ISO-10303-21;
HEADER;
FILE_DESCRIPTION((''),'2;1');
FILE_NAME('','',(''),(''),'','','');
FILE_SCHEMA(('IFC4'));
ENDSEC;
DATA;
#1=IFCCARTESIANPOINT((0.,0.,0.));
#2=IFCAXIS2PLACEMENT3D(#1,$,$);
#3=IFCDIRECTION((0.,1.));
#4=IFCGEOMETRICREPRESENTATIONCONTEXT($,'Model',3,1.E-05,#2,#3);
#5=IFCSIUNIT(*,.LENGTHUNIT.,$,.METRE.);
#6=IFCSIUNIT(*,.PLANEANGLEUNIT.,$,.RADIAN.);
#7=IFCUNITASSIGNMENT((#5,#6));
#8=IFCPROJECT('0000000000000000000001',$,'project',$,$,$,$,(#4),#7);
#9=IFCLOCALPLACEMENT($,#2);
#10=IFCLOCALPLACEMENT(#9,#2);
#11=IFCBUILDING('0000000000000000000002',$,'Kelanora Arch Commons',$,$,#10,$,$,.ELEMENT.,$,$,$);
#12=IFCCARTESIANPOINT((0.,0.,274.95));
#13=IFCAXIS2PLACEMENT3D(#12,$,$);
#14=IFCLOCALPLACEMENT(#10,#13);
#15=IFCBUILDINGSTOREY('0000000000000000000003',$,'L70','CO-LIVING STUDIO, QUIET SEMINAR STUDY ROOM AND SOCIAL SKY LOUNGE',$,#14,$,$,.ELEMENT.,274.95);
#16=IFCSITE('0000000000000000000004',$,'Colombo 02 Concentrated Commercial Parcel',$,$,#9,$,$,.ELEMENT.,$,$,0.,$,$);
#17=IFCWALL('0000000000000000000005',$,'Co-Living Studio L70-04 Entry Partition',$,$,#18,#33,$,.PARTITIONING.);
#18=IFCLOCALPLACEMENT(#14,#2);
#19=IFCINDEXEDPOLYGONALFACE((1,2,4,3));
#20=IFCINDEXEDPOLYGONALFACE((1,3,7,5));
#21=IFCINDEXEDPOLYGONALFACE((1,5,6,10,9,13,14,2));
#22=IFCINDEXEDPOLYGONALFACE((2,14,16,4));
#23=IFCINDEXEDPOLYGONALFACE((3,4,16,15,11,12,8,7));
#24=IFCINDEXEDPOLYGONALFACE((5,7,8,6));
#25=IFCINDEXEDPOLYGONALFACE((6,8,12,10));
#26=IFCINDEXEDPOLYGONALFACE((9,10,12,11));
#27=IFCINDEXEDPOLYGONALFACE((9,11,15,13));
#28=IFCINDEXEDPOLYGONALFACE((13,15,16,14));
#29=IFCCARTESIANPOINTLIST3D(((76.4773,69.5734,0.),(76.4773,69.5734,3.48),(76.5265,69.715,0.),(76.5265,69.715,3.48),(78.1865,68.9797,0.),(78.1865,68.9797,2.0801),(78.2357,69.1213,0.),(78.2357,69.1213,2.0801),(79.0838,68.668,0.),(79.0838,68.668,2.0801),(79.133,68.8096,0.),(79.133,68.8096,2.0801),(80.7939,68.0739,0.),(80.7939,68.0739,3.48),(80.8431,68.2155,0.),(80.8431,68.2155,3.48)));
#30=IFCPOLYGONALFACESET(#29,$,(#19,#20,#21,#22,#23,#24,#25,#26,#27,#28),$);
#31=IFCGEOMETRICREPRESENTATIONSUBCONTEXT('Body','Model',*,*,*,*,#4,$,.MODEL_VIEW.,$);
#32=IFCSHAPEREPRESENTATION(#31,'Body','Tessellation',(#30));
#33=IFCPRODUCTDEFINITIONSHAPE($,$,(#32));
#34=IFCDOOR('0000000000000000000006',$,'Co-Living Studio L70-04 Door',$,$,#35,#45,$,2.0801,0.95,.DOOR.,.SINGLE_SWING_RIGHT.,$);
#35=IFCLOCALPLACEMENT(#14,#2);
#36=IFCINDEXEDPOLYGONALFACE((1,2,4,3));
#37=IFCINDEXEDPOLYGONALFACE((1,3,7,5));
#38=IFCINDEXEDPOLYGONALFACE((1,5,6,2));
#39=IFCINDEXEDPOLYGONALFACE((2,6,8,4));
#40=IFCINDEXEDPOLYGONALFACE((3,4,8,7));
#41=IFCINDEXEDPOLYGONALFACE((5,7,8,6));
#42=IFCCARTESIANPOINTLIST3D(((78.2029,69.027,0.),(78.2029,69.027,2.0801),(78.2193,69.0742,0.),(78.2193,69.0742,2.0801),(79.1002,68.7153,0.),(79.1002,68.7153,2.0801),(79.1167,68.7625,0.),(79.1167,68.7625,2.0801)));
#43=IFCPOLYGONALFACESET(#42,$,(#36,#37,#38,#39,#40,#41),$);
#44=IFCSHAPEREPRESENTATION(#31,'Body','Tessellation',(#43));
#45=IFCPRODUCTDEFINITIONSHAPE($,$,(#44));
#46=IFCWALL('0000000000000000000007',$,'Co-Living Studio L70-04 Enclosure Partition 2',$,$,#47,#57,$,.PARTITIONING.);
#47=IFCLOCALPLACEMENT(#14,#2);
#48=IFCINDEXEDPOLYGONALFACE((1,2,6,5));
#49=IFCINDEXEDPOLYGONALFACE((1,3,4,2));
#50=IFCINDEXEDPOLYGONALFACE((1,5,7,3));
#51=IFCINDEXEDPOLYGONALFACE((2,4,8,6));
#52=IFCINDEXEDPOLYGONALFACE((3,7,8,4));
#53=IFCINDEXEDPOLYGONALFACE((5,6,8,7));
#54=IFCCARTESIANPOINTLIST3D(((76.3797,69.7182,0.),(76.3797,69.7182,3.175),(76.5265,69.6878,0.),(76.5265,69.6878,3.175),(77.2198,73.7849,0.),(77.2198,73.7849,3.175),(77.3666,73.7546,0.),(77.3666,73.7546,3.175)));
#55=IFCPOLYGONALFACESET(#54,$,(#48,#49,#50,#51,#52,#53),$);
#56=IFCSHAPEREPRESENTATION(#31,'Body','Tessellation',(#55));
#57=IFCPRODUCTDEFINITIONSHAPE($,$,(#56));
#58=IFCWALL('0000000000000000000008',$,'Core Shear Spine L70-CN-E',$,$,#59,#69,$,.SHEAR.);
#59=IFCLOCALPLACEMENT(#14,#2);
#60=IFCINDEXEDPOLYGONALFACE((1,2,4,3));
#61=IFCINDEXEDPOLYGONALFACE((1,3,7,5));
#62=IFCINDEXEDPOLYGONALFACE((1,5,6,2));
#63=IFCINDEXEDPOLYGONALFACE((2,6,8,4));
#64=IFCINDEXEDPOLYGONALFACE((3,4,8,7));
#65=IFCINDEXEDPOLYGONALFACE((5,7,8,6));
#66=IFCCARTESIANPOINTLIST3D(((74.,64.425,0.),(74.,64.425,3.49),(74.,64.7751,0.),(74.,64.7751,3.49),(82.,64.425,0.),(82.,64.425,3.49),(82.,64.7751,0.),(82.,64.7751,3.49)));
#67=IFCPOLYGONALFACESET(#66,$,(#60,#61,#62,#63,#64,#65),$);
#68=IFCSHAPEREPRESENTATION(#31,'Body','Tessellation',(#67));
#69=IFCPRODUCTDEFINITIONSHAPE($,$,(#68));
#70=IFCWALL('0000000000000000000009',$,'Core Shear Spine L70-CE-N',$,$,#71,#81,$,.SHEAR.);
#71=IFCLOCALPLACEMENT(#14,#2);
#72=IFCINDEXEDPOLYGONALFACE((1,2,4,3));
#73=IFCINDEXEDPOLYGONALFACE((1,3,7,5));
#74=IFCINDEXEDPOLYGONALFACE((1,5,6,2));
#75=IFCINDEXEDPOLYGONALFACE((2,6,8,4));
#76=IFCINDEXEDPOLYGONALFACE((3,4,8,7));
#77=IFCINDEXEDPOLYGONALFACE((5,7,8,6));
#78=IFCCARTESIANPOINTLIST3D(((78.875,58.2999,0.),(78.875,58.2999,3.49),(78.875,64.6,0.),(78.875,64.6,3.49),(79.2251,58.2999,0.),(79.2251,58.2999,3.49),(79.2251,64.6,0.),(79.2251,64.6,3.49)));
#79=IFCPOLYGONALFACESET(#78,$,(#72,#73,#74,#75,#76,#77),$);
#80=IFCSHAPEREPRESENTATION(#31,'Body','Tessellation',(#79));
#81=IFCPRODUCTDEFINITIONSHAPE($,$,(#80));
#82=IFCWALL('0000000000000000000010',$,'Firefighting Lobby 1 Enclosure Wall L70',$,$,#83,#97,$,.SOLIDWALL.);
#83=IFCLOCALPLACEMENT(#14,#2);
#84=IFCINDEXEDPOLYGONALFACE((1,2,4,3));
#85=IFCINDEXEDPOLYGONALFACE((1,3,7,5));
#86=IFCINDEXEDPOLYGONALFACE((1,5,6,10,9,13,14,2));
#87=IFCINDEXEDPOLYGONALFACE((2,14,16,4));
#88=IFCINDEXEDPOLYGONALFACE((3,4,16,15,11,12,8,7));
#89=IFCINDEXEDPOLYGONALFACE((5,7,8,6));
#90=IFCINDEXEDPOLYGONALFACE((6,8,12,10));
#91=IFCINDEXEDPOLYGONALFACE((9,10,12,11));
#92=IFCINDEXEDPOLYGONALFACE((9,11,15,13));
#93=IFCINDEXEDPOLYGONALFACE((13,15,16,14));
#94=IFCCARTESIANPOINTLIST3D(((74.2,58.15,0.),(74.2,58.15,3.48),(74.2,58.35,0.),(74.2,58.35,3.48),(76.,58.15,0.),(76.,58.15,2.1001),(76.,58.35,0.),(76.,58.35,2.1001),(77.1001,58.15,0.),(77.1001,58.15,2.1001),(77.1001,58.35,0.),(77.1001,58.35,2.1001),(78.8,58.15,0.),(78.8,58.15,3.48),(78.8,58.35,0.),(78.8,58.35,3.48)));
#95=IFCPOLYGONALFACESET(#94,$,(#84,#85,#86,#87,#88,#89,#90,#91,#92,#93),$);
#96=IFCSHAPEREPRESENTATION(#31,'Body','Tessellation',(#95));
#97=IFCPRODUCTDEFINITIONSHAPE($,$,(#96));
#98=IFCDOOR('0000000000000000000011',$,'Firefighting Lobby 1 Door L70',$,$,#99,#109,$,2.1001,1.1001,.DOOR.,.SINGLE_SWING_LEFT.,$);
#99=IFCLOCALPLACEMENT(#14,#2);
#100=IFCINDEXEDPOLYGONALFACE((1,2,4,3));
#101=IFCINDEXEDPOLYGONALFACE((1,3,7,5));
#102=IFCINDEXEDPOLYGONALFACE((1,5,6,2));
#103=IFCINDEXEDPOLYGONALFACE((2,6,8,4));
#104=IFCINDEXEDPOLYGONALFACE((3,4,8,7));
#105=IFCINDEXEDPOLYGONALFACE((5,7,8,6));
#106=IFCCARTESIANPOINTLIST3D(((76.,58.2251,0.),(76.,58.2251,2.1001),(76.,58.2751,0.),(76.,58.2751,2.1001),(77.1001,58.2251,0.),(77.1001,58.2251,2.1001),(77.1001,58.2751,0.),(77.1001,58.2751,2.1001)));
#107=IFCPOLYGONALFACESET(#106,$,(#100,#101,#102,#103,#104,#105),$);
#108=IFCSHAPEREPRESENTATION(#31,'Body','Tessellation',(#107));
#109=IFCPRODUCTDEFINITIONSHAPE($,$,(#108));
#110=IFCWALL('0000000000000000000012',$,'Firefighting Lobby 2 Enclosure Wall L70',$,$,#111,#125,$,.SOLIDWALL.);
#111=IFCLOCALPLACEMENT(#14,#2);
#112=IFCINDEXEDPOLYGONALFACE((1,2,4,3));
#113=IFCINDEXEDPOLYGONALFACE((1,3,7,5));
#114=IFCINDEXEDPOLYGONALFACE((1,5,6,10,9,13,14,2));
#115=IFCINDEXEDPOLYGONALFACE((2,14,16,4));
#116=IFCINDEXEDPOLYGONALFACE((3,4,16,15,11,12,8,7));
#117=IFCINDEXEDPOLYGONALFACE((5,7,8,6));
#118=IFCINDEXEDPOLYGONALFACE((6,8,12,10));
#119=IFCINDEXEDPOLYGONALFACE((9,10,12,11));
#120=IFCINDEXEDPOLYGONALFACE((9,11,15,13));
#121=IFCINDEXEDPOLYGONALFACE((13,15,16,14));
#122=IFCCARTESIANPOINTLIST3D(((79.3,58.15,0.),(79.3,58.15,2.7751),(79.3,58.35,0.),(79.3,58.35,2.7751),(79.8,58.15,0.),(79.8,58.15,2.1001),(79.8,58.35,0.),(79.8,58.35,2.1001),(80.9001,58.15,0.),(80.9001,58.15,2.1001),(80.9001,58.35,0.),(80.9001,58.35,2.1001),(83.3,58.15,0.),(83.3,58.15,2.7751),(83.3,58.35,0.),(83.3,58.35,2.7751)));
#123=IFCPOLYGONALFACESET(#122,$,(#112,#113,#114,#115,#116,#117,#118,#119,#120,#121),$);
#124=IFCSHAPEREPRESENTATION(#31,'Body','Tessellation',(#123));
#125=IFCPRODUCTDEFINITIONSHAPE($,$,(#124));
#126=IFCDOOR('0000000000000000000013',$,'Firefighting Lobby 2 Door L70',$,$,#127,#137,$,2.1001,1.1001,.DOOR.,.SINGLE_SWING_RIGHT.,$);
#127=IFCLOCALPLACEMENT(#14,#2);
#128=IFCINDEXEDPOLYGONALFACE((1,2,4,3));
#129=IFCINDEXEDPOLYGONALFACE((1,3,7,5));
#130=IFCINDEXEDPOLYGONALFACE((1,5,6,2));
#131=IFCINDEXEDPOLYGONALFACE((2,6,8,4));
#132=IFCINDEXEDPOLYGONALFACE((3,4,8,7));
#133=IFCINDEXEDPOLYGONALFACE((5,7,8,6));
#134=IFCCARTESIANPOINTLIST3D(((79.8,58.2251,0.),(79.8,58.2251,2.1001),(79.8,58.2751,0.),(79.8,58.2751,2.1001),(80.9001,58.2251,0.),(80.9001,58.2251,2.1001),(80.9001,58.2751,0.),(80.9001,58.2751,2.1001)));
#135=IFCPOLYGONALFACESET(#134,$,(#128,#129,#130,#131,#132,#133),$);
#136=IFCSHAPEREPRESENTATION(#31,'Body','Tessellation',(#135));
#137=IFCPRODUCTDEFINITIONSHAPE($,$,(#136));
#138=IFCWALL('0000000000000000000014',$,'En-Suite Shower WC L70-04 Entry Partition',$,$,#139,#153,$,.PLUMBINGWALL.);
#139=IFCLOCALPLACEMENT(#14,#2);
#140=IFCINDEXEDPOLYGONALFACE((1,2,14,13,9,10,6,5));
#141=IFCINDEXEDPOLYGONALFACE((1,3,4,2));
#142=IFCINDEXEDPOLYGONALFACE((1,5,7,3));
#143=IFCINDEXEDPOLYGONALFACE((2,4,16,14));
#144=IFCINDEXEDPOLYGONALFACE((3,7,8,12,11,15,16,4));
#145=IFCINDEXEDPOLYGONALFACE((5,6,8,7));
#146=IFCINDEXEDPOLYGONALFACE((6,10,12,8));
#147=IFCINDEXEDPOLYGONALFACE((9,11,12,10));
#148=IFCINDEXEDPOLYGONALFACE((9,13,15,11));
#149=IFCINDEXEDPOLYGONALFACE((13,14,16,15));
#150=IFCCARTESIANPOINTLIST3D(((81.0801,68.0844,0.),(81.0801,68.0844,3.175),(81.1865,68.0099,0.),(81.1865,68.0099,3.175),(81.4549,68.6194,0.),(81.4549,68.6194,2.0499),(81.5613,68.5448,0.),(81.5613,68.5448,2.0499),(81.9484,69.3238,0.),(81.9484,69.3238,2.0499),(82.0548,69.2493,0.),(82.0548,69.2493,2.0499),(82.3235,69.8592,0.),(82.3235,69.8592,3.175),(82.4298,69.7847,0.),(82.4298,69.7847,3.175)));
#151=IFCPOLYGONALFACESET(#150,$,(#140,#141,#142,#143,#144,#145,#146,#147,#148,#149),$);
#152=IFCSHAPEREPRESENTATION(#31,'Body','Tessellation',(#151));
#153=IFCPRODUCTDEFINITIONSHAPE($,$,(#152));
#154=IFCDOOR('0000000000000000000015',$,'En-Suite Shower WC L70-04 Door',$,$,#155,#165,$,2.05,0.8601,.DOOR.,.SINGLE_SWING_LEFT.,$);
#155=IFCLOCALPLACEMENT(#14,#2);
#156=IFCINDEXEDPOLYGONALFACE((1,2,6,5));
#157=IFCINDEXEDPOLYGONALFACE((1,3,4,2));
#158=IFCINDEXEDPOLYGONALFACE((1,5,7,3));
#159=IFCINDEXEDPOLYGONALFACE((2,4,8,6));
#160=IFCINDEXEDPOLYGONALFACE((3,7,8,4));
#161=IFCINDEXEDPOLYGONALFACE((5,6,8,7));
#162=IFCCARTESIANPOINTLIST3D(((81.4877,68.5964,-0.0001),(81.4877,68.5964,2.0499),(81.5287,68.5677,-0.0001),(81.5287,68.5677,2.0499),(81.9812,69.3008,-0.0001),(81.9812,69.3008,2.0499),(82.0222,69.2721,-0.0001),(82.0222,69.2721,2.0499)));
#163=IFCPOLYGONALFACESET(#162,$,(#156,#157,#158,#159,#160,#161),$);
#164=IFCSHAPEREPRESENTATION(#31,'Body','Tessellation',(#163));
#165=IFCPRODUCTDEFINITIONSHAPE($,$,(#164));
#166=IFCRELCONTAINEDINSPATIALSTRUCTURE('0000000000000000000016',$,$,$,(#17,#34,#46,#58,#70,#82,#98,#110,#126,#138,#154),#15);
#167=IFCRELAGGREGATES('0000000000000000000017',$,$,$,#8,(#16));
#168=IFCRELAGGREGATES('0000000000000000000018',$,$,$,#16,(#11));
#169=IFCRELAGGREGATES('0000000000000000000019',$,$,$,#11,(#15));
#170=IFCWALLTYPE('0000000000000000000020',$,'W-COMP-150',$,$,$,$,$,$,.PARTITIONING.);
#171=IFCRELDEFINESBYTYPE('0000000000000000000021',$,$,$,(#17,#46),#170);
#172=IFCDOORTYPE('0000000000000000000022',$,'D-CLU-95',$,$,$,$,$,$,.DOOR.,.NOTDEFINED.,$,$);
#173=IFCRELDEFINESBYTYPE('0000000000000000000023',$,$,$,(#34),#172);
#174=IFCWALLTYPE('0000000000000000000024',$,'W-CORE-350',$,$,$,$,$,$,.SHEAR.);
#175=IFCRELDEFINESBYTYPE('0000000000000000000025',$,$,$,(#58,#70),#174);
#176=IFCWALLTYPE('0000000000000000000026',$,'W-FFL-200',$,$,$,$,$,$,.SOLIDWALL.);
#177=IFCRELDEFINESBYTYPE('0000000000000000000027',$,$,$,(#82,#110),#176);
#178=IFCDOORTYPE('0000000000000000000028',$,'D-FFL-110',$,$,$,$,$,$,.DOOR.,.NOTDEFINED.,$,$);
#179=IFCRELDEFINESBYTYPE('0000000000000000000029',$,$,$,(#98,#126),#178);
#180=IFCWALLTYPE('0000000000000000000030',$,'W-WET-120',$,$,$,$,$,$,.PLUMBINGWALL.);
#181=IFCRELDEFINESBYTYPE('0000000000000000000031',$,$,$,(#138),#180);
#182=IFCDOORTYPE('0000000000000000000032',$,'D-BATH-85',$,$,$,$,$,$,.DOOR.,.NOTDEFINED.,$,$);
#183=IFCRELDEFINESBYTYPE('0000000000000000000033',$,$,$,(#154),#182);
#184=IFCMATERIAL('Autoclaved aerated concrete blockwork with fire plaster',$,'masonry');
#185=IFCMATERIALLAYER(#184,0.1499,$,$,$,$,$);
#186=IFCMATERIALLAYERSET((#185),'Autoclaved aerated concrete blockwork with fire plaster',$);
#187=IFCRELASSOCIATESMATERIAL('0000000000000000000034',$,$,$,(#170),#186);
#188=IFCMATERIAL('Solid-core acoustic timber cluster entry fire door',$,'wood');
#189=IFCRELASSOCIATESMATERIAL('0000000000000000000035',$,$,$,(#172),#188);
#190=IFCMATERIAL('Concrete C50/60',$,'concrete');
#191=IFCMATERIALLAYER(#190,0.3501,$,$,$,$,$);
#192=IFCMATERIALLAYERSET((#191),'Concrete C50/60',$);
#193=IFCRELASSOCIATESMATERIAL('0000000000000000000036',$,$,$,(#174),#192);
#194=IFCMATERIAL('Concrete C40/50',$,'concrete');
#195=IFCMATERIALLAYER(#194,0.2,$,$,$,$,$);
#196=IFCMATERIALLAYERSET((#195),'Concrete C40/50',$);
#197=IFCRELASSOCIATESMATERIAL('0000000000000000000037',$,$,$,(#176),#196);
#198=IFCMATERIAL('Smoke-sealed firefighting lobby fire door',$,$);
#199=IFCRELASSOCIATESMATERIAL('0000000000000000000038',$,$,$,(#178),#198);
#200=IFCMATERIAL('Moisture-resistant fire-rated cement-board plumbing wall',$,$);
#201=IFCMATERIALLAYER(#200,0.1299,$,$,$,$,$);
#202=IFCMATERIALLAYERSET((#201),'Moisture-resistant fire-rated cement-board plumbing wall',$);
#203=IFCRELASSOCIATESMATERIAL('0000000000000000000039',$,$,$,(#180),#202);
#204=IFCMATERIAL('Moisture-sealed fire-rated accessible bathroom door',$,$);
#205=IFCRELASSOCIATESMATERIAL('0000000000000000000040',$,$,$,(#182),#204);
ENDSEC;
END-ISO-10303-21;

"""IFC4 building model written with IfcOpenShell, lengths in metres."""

from ifc_helpers import new_model, si_unit, direction, frame, frame_2d, origin, place, context, subcontext, project, spatial, rectangle, extrude, material, layer, layer_set, type_object, element, fill, save


model = new_model("IFC4")

# Units and contexts
model_context = context("Model", 3, precision=1e-05, world=origin(), true_north=direction((0.0, 1.0)))
body_context = subcontext(model_context, "Body", "Model", "MODEL_VIEW")
ifc_project = project(units=[si_unit("LENGTHUNIT", "METRE"), si_unit("PLANEANGLEUNIT", "RADIAN")], contexts=[model_context])

# Site, building, storey
site_placement = place(None, origin())
site = spatial("IfcSite", under=ifc_project, at=site_placement, Name="Colombo 02 Concentrated Commercial Parcel", CompositionType="ELEMENT", RefElevation=0.0)
building_placement = place(site_placement, origin())
building = spatial("IfcBuilding", under=site, at=building_placement, Name="Kelanora Arch Commons", CompositionType="ELEMENT")
storey_placement = place(building_placement, frame((0.0, 0.0, 274.95)))
storey = spatial("IfcBuildingStorey", under=building, at=storey_placement, Name="L70", Description="CO-LIVING STUDIO, QUIET SEMINAR STUDY ROOM AND SOCIAL SKY LOUNGE", CompositionType="ELEMENT", Elevation=274.95)

# Shared definitions
ifc_material_1 = material(Name="Concrete C50/60", Category="concrete")

# Shared definitions
ifc_material_2 = material(Name="Autoclaved aerated concrete blockwork with fire plaster", Category="masonry")
ifc_layer_1 = layer(ifc_material_2, 0.1499)
ifc_layer_set_1 = layer_set([ifc_layer_1], Name="Autoclaved aerated concrete blockwork with fire plaster")
wall_type_1 = type_object("IfcWallType", Name="W-COMP-150", PredefinedType="PARTITIONING", material=ifc_layer_set_1)

# Wall, opening, door
wall_1_placement = place(storey_placement, frame((80.8184, 68.1448, 0.0), z_axis=(0.0, 0.0, 1.0), x_axis=(-0.944628, 0.328143, 0.0)))
wall_1 = element("IfcWall", 1, at=wall_1_placement, inside=storey, type_object=wall_type_1, Name="Co-Living Studio L70-04 Entry Partition", PredefinedType="PARTITIONING", context=body_context, shape_type="SweptSolid", body=[
    extrude(rectangle(XDim=4.5696, YDim=0.1499, at=frame_2d((2.2847, 0.0))), origin(), (0.0, 0.0, 1.0), 3.48),
])
opening_1_placement = place(wall_1_placement, frame((1.8101, 0.0, 0.0)))
opening_1 = element("IfcOpeningElement", 2, at=opening_1_placement, cuts=wall_1, PredefinedType="OPENING", context=body_context, shape_type="SweptSolid", body=[
    extrude(rectangle(XDim=0.95, YDim=2.0801, at=frame_2d((0.4751, 1.04))), frame((0.0, 0.085, 0.0), z_axis=(0.0, -1.0, 0.0), x_axis=(1.0, 0.0, 0.0)), (0.0, 0.0, 1.0), 0.1699),
])
ifc_material_3 = material(Name="Solid-core acoustic timber cluster entry fire door", Category="wood")
door_type_1 = type_object("IfcDoorType", Name="D-CLU-95", OperationType="NOTDEFINED", PredefinedType="DOOR", material=ifc_material_3)
door_1_placement = place(opening_1_placement, origin())
door_1 = element("IfcDoor", 3, at=door_1_placement, inside=storey, type_object=door_type_1, Name="Co-Living Studio L70-04 Door", OperationType="SINGLE_SWING_RIGHT", OverallHeight=2.0801, OverallWidth=0.95, PredefinedType="DOOR", context=body_context, shape_type="SweptSolid", body=[
    extrude(rectangle(XDim=0.95, YDim=2.0801, at=frame_2d((0.4751, 1.04))), frame((0.0, 0.0249, 0.0), z_axis=(0.0, -1.0, 0.0), x_axis=(1.0, 0.0, 0.0)), (0.0, 0.0, 1.0), 0.05),
])
fill(opening_1, door_1)

# Walls
wall_2_placement = place(storey_placement, frame((76.4531, 69.7031, 0.0), z_axis=(0.0, 0.0, 1.0), x_axis=(0.202308, 0.979322, 0.0)))
element("IfcWall", 4, at=wall_2_placement, inside=storey, type_object=wall_type_1, Name="Co-Living Studio L70-04 Enclosure Partition 2", PredefinedType="PARTITIONING", context=body_context, shape_type="SweptSolid", body=[
    extrude(rectangle(XDim=4.1526, YDim=0.1499, at=frame_2d((2.0762, 0.0))), origin(), (0.0, 0.0, 1.0), 3.175),
])
ifc_layer_2 = layer(ifc_material_1, 0.3501)
ifc_layer_set_2 = layer_set([ifc_layer_2], Name="Concrete C50/60")
wall_type_2 = type_object("IfcWallType", Name="W-CORE-350", PredefinedType="SHEAR", material=ifc_layer_set_2)
wall_3_placement = place(storey_placement, frame((74.0, 64.6001, 0.0), z_axis=(0.0, 0.0, 1.0), x_axis=(1.0, 0.0, 0.0)))
element("IfcWall", 5, at=wall_3_placement, inside=storey, type_object=wall_type_2, Name="Core Shear Spine L70-CN-E", PredefinedType="SHEAR", context=body_context, shape_type="SweptSolid", body=[
    extrude(rectangle(XDim=8.0, YDim=0.3501, at=frame_2d((4.0, 0.0))), origin(), (0.0, 0.0, 1.0), 3.49),
])
wall_4_placement = place(storey_placement, frame((79.05, 58.3, 0.0), z_axis=(0.0, 0.0, 1.0), x_axis=(0.0, 1.0, 0.0)))
element("IfcWall", 6, at=wall_4_placement, inside=storey, type_object=wall_type_2, Name="Core Shear Spine L70-CE-N", PredefinedType="SHEAR", context=body_context, shape_type="SweptSolid", body=[
    extrude(rectangle(XDim=6.3, YDim=0.3501, at=frame_2d((3.1499, 0.0))), origin(), (0.0, 0.0, 1.0), 3.49),
])

# Walls, openings, doors
ifc_material_4 = material(Name="Concrete C40/50", Category="concrete")
ifc_layer_3 = layer(ifc_material_4, 0.2)
ifc_layer_set_3 = layer_set([ifc_layer_3], Name="Concrete C40/50")
wall_type_3 = type_object("IfcWallType", Name="W-FFL-200", PredefinedType="SOLIDWALL", material=ifc_layer_set_3)
wall_5_placement = place(storey_placement, frame((74.2, 58.25, 0.0), z_axis=(0.0, 0.0, 1.0), x_axis=(1.0, 0.0, 0.0)))
wall_5 = element("IfcWall", 7, at=wall_5_placement, inside=storey, type_object=wall_type_3, Name="Firefighting Lobby 1 Enclosure Wall L70", PredefinedType="SOLIDWALL", context=body_context, shape_type="SweptSolid", body=[
    extrude(rectangle(XDim=4.6001, YDim=0.2, at=frame_2d((2.3, 0.0))), origin(), (0.0, 0.0, 1.0), 3.48),
])
opening_2_placement = place(wall_5_placement, frame((1.8, 0.0, 0.0)))
opening_2 = element("IfcOpeningElement", 8, at=opening_2_placement, cuts=wall_5, PredefinedType="OPENING", context=body_context, shape_type="SweptSolid", body=[
    extrude(rectangle(XDim=1.1001, YDim=2.1001, at=frame_2d((0.55, 1.05))), frame((0.0, 0.1099, 0.0), z_axis=(0.0, -1.0, 0.0), x_axis=(1.0, 0.0, 0.0)), (0.0, 0.0, 1.0), 0.22),
])
ifc_material_5 = material(Name="Smoke-sealed firefighting lobby fire door")
door_type_2 = type_object("IfcDoorType", Name="D-FFL-110", OperationType="NOTDEFINED", PredefinedType="DOOR", material=ifc_material_5)
door_2_placement = place(opening_2_placement, frame((1.1001, 0.0, 0.0), z_axis=(0.0, 0.0, 1.0), x_axis=(-1.0, 0.0, 0.0)))
door_2 = element("IfcDoor", 9, at=door_2_placement, inside=storey, type_object=door_type_2, Name="Firefighting Lobby 1 Door L70", OperationType="SINGLE_SWING_LEFT", OverallHeight=2.1001, OverallWidth=1.1001, PredefinedType="DOOR", context=body_context, shape_type="SweptSolid", body=[
    extrude(rectangle(XDim=1.1001, YDim=2.1001, at=frame_2d((0.55, 1.05))), frame((0.0, 0.0249, 0.0), z_axis=(0.0, -1.0, 0.0), x_axis=(1.0, 0.0, 0.0)), (0.0, 0.0, 1.0), 0.05),
])
fill(opening_2, door_2)
wall_6_placement = place(storey_placement, frame((79.3, 58.25, 0.0), z_axis=(0.0, 0.0, 1.0), x_axis=(1.0, 0.0, 0.0)))
wall_6 = element("IfcWall", 10, at=wall_6_placement, inside=storey, type_object=wall_type_3, Name="Firefighting Lobby 2 Enclosure Wall L70", PredefinedType="SOLIDWALL", context=body_context, shape_type="SweptSolid", body=[
    extrude(rectangle(XDim=4.0, YDim=0.2, at=frame_2d((2.0, 0.0))), origin(), (0.0, 0.0, 1.0), 2.7751),
])
opening_3_placement = place(wall_6_placement, frame((0.5, 0.0, 0.0)))
opening_3 = element("IfcOpeningElement", 11, at=opening_3_placement, cuts=wall_6, PredefinedType="OPENING", context=body_context, shape_type="SweptSolid", body=[
    extrude(rectangle(XDim=1.1001, YDim=2.1001, at=frame_2d((0.55, 1.05))), frame((0.0, 0.1099, 0.0), z_axis=(0.0, -1.0, 0.0), x_axis=(1.0, 0.0, 0.0)), (0.0, 0.0, 1.0), 0.22),
])
door_3_placement = place(opening_3_placement, frame((1.1001, 0.0, 0.0), z_axis=(0.0, 0.0, 1.0), x_axis=(-1.0, 0.0, 0.0)))
door_3 = element("IfcDoor", 12, at=door_3_placement, inside=storey, type_object=door_type_2, Name="Firefighting Lobby 2 Door L70", OperationType="SINGLE_SWING_RIGHT", OverallHeight=2.1001, OverallWidth=1.1001, PredefinedType="DOOR", context=body_context, shape_type="SweptSolid", body=[
    extrude(rectangle(XDim=1.1001, YDim=2.1001, at=frame_2d((0.55, 1.05))), frame((0.0, 0.0249, 0.0), z_axis=(0.0, -1.0, 0.0), x_axis=(1.0, 0.0, 0.0)), (0.0, 0.0, 1.0), 0.05),
])
fill(opening_3, door_3)
ifc_material_6 = material(Name="Moisture-resistant fire-rated cement-board plumbing wall")
ifc_layer_4 = layer(ifc_material_6, 0.1299)
ifc_layer_set_4 = layer_set([ifc_layer_4], Name="Moisture-resistant fire-rated cement-board plumbing wall")
wall_type_4 = type_object("IfcWallType", Name="W-WET-120", PredefinedType="PLUMBINGWALL", material=ifc_layer_set_4)
wall_7_placement = place(storey_placement, frame((81.1333, 68.0471, 0.0), z_axis=(0.0, 0.0, 1.0), x_axis=(0.573765, 0.81902, 0.0)))
wall_7 = element("IfcWall", 13, at=wall_7_placement, inside=storey, type_object=wall_type_4, Name="En-Suite Shower WC L70-04 Entry Partition", PredefinedType="PLUMBINGWALL", context=body_context, shape_type="SweptSolid", body=[
    extrude(rectangle(XDim=2.167, YDim=0.1299, at=frame_2d((1.0835, 0.0))), origin(), (0.0, 0.0, 1.0), 3.175),
])
opening_4_placement = place(wall_7_placement, frame((0.6531, 0.0, 0.0)))
opening_4 = element("IfcOpeningElement", 14, at=opening_4_placement, cuts=wall_7, PredefinedType="OPENING", context=body_context, shape_type="SweptSolid", body=[
    extrude(rectangle(XDim=0.8601, YDim=2.05, at=frame_2d((0.4302, 1.0249))), frame((0.0, 0.075, 0.0), z_axis=(0.0, -1.0, 0.0), x_axis=(1.0, 0.0, 0.0)), (0.0, 0.0, 1.0), 0.1499),
])
ifc_material_7 = material(Name="Moisture-sealed fire-rated accessible bathroom door")
door_type_3 = type_object("IfcDoorType", Name="D-BATH-85", OperationType="NOTDEFINED", PredefinedType="DOOR", material=ifc_material_7)
door_4_placement = place(opening_4_placement, origin())
door_4 = element("IfcDoor", 15, at=door_4_placement, inside=storey, type_object=door_type_3, Name="En-Suite Shower WC L70-04 Door", OperationType="SINGLE_SWING_LEFT", OverallHeight=2.05, OverallWidth=0.8601, PredefinedType="DOOR", context=body_context, shape_type="SweptSolid", body=[
    extrude(rectangle(XDim=0.8601, YDim=2.05, at=frame_2d((0.4302, 1.0249))), frame((0.0, 0.0249, 0.0), z_axis=(0.0, -1.0, 0.0), x_axis=(1.0, 0.0, 0.0)), (0.0, 0.0, 1.0), 0.05),
])
fill(opening_4, door_4)

save(model, "model.ifc")
